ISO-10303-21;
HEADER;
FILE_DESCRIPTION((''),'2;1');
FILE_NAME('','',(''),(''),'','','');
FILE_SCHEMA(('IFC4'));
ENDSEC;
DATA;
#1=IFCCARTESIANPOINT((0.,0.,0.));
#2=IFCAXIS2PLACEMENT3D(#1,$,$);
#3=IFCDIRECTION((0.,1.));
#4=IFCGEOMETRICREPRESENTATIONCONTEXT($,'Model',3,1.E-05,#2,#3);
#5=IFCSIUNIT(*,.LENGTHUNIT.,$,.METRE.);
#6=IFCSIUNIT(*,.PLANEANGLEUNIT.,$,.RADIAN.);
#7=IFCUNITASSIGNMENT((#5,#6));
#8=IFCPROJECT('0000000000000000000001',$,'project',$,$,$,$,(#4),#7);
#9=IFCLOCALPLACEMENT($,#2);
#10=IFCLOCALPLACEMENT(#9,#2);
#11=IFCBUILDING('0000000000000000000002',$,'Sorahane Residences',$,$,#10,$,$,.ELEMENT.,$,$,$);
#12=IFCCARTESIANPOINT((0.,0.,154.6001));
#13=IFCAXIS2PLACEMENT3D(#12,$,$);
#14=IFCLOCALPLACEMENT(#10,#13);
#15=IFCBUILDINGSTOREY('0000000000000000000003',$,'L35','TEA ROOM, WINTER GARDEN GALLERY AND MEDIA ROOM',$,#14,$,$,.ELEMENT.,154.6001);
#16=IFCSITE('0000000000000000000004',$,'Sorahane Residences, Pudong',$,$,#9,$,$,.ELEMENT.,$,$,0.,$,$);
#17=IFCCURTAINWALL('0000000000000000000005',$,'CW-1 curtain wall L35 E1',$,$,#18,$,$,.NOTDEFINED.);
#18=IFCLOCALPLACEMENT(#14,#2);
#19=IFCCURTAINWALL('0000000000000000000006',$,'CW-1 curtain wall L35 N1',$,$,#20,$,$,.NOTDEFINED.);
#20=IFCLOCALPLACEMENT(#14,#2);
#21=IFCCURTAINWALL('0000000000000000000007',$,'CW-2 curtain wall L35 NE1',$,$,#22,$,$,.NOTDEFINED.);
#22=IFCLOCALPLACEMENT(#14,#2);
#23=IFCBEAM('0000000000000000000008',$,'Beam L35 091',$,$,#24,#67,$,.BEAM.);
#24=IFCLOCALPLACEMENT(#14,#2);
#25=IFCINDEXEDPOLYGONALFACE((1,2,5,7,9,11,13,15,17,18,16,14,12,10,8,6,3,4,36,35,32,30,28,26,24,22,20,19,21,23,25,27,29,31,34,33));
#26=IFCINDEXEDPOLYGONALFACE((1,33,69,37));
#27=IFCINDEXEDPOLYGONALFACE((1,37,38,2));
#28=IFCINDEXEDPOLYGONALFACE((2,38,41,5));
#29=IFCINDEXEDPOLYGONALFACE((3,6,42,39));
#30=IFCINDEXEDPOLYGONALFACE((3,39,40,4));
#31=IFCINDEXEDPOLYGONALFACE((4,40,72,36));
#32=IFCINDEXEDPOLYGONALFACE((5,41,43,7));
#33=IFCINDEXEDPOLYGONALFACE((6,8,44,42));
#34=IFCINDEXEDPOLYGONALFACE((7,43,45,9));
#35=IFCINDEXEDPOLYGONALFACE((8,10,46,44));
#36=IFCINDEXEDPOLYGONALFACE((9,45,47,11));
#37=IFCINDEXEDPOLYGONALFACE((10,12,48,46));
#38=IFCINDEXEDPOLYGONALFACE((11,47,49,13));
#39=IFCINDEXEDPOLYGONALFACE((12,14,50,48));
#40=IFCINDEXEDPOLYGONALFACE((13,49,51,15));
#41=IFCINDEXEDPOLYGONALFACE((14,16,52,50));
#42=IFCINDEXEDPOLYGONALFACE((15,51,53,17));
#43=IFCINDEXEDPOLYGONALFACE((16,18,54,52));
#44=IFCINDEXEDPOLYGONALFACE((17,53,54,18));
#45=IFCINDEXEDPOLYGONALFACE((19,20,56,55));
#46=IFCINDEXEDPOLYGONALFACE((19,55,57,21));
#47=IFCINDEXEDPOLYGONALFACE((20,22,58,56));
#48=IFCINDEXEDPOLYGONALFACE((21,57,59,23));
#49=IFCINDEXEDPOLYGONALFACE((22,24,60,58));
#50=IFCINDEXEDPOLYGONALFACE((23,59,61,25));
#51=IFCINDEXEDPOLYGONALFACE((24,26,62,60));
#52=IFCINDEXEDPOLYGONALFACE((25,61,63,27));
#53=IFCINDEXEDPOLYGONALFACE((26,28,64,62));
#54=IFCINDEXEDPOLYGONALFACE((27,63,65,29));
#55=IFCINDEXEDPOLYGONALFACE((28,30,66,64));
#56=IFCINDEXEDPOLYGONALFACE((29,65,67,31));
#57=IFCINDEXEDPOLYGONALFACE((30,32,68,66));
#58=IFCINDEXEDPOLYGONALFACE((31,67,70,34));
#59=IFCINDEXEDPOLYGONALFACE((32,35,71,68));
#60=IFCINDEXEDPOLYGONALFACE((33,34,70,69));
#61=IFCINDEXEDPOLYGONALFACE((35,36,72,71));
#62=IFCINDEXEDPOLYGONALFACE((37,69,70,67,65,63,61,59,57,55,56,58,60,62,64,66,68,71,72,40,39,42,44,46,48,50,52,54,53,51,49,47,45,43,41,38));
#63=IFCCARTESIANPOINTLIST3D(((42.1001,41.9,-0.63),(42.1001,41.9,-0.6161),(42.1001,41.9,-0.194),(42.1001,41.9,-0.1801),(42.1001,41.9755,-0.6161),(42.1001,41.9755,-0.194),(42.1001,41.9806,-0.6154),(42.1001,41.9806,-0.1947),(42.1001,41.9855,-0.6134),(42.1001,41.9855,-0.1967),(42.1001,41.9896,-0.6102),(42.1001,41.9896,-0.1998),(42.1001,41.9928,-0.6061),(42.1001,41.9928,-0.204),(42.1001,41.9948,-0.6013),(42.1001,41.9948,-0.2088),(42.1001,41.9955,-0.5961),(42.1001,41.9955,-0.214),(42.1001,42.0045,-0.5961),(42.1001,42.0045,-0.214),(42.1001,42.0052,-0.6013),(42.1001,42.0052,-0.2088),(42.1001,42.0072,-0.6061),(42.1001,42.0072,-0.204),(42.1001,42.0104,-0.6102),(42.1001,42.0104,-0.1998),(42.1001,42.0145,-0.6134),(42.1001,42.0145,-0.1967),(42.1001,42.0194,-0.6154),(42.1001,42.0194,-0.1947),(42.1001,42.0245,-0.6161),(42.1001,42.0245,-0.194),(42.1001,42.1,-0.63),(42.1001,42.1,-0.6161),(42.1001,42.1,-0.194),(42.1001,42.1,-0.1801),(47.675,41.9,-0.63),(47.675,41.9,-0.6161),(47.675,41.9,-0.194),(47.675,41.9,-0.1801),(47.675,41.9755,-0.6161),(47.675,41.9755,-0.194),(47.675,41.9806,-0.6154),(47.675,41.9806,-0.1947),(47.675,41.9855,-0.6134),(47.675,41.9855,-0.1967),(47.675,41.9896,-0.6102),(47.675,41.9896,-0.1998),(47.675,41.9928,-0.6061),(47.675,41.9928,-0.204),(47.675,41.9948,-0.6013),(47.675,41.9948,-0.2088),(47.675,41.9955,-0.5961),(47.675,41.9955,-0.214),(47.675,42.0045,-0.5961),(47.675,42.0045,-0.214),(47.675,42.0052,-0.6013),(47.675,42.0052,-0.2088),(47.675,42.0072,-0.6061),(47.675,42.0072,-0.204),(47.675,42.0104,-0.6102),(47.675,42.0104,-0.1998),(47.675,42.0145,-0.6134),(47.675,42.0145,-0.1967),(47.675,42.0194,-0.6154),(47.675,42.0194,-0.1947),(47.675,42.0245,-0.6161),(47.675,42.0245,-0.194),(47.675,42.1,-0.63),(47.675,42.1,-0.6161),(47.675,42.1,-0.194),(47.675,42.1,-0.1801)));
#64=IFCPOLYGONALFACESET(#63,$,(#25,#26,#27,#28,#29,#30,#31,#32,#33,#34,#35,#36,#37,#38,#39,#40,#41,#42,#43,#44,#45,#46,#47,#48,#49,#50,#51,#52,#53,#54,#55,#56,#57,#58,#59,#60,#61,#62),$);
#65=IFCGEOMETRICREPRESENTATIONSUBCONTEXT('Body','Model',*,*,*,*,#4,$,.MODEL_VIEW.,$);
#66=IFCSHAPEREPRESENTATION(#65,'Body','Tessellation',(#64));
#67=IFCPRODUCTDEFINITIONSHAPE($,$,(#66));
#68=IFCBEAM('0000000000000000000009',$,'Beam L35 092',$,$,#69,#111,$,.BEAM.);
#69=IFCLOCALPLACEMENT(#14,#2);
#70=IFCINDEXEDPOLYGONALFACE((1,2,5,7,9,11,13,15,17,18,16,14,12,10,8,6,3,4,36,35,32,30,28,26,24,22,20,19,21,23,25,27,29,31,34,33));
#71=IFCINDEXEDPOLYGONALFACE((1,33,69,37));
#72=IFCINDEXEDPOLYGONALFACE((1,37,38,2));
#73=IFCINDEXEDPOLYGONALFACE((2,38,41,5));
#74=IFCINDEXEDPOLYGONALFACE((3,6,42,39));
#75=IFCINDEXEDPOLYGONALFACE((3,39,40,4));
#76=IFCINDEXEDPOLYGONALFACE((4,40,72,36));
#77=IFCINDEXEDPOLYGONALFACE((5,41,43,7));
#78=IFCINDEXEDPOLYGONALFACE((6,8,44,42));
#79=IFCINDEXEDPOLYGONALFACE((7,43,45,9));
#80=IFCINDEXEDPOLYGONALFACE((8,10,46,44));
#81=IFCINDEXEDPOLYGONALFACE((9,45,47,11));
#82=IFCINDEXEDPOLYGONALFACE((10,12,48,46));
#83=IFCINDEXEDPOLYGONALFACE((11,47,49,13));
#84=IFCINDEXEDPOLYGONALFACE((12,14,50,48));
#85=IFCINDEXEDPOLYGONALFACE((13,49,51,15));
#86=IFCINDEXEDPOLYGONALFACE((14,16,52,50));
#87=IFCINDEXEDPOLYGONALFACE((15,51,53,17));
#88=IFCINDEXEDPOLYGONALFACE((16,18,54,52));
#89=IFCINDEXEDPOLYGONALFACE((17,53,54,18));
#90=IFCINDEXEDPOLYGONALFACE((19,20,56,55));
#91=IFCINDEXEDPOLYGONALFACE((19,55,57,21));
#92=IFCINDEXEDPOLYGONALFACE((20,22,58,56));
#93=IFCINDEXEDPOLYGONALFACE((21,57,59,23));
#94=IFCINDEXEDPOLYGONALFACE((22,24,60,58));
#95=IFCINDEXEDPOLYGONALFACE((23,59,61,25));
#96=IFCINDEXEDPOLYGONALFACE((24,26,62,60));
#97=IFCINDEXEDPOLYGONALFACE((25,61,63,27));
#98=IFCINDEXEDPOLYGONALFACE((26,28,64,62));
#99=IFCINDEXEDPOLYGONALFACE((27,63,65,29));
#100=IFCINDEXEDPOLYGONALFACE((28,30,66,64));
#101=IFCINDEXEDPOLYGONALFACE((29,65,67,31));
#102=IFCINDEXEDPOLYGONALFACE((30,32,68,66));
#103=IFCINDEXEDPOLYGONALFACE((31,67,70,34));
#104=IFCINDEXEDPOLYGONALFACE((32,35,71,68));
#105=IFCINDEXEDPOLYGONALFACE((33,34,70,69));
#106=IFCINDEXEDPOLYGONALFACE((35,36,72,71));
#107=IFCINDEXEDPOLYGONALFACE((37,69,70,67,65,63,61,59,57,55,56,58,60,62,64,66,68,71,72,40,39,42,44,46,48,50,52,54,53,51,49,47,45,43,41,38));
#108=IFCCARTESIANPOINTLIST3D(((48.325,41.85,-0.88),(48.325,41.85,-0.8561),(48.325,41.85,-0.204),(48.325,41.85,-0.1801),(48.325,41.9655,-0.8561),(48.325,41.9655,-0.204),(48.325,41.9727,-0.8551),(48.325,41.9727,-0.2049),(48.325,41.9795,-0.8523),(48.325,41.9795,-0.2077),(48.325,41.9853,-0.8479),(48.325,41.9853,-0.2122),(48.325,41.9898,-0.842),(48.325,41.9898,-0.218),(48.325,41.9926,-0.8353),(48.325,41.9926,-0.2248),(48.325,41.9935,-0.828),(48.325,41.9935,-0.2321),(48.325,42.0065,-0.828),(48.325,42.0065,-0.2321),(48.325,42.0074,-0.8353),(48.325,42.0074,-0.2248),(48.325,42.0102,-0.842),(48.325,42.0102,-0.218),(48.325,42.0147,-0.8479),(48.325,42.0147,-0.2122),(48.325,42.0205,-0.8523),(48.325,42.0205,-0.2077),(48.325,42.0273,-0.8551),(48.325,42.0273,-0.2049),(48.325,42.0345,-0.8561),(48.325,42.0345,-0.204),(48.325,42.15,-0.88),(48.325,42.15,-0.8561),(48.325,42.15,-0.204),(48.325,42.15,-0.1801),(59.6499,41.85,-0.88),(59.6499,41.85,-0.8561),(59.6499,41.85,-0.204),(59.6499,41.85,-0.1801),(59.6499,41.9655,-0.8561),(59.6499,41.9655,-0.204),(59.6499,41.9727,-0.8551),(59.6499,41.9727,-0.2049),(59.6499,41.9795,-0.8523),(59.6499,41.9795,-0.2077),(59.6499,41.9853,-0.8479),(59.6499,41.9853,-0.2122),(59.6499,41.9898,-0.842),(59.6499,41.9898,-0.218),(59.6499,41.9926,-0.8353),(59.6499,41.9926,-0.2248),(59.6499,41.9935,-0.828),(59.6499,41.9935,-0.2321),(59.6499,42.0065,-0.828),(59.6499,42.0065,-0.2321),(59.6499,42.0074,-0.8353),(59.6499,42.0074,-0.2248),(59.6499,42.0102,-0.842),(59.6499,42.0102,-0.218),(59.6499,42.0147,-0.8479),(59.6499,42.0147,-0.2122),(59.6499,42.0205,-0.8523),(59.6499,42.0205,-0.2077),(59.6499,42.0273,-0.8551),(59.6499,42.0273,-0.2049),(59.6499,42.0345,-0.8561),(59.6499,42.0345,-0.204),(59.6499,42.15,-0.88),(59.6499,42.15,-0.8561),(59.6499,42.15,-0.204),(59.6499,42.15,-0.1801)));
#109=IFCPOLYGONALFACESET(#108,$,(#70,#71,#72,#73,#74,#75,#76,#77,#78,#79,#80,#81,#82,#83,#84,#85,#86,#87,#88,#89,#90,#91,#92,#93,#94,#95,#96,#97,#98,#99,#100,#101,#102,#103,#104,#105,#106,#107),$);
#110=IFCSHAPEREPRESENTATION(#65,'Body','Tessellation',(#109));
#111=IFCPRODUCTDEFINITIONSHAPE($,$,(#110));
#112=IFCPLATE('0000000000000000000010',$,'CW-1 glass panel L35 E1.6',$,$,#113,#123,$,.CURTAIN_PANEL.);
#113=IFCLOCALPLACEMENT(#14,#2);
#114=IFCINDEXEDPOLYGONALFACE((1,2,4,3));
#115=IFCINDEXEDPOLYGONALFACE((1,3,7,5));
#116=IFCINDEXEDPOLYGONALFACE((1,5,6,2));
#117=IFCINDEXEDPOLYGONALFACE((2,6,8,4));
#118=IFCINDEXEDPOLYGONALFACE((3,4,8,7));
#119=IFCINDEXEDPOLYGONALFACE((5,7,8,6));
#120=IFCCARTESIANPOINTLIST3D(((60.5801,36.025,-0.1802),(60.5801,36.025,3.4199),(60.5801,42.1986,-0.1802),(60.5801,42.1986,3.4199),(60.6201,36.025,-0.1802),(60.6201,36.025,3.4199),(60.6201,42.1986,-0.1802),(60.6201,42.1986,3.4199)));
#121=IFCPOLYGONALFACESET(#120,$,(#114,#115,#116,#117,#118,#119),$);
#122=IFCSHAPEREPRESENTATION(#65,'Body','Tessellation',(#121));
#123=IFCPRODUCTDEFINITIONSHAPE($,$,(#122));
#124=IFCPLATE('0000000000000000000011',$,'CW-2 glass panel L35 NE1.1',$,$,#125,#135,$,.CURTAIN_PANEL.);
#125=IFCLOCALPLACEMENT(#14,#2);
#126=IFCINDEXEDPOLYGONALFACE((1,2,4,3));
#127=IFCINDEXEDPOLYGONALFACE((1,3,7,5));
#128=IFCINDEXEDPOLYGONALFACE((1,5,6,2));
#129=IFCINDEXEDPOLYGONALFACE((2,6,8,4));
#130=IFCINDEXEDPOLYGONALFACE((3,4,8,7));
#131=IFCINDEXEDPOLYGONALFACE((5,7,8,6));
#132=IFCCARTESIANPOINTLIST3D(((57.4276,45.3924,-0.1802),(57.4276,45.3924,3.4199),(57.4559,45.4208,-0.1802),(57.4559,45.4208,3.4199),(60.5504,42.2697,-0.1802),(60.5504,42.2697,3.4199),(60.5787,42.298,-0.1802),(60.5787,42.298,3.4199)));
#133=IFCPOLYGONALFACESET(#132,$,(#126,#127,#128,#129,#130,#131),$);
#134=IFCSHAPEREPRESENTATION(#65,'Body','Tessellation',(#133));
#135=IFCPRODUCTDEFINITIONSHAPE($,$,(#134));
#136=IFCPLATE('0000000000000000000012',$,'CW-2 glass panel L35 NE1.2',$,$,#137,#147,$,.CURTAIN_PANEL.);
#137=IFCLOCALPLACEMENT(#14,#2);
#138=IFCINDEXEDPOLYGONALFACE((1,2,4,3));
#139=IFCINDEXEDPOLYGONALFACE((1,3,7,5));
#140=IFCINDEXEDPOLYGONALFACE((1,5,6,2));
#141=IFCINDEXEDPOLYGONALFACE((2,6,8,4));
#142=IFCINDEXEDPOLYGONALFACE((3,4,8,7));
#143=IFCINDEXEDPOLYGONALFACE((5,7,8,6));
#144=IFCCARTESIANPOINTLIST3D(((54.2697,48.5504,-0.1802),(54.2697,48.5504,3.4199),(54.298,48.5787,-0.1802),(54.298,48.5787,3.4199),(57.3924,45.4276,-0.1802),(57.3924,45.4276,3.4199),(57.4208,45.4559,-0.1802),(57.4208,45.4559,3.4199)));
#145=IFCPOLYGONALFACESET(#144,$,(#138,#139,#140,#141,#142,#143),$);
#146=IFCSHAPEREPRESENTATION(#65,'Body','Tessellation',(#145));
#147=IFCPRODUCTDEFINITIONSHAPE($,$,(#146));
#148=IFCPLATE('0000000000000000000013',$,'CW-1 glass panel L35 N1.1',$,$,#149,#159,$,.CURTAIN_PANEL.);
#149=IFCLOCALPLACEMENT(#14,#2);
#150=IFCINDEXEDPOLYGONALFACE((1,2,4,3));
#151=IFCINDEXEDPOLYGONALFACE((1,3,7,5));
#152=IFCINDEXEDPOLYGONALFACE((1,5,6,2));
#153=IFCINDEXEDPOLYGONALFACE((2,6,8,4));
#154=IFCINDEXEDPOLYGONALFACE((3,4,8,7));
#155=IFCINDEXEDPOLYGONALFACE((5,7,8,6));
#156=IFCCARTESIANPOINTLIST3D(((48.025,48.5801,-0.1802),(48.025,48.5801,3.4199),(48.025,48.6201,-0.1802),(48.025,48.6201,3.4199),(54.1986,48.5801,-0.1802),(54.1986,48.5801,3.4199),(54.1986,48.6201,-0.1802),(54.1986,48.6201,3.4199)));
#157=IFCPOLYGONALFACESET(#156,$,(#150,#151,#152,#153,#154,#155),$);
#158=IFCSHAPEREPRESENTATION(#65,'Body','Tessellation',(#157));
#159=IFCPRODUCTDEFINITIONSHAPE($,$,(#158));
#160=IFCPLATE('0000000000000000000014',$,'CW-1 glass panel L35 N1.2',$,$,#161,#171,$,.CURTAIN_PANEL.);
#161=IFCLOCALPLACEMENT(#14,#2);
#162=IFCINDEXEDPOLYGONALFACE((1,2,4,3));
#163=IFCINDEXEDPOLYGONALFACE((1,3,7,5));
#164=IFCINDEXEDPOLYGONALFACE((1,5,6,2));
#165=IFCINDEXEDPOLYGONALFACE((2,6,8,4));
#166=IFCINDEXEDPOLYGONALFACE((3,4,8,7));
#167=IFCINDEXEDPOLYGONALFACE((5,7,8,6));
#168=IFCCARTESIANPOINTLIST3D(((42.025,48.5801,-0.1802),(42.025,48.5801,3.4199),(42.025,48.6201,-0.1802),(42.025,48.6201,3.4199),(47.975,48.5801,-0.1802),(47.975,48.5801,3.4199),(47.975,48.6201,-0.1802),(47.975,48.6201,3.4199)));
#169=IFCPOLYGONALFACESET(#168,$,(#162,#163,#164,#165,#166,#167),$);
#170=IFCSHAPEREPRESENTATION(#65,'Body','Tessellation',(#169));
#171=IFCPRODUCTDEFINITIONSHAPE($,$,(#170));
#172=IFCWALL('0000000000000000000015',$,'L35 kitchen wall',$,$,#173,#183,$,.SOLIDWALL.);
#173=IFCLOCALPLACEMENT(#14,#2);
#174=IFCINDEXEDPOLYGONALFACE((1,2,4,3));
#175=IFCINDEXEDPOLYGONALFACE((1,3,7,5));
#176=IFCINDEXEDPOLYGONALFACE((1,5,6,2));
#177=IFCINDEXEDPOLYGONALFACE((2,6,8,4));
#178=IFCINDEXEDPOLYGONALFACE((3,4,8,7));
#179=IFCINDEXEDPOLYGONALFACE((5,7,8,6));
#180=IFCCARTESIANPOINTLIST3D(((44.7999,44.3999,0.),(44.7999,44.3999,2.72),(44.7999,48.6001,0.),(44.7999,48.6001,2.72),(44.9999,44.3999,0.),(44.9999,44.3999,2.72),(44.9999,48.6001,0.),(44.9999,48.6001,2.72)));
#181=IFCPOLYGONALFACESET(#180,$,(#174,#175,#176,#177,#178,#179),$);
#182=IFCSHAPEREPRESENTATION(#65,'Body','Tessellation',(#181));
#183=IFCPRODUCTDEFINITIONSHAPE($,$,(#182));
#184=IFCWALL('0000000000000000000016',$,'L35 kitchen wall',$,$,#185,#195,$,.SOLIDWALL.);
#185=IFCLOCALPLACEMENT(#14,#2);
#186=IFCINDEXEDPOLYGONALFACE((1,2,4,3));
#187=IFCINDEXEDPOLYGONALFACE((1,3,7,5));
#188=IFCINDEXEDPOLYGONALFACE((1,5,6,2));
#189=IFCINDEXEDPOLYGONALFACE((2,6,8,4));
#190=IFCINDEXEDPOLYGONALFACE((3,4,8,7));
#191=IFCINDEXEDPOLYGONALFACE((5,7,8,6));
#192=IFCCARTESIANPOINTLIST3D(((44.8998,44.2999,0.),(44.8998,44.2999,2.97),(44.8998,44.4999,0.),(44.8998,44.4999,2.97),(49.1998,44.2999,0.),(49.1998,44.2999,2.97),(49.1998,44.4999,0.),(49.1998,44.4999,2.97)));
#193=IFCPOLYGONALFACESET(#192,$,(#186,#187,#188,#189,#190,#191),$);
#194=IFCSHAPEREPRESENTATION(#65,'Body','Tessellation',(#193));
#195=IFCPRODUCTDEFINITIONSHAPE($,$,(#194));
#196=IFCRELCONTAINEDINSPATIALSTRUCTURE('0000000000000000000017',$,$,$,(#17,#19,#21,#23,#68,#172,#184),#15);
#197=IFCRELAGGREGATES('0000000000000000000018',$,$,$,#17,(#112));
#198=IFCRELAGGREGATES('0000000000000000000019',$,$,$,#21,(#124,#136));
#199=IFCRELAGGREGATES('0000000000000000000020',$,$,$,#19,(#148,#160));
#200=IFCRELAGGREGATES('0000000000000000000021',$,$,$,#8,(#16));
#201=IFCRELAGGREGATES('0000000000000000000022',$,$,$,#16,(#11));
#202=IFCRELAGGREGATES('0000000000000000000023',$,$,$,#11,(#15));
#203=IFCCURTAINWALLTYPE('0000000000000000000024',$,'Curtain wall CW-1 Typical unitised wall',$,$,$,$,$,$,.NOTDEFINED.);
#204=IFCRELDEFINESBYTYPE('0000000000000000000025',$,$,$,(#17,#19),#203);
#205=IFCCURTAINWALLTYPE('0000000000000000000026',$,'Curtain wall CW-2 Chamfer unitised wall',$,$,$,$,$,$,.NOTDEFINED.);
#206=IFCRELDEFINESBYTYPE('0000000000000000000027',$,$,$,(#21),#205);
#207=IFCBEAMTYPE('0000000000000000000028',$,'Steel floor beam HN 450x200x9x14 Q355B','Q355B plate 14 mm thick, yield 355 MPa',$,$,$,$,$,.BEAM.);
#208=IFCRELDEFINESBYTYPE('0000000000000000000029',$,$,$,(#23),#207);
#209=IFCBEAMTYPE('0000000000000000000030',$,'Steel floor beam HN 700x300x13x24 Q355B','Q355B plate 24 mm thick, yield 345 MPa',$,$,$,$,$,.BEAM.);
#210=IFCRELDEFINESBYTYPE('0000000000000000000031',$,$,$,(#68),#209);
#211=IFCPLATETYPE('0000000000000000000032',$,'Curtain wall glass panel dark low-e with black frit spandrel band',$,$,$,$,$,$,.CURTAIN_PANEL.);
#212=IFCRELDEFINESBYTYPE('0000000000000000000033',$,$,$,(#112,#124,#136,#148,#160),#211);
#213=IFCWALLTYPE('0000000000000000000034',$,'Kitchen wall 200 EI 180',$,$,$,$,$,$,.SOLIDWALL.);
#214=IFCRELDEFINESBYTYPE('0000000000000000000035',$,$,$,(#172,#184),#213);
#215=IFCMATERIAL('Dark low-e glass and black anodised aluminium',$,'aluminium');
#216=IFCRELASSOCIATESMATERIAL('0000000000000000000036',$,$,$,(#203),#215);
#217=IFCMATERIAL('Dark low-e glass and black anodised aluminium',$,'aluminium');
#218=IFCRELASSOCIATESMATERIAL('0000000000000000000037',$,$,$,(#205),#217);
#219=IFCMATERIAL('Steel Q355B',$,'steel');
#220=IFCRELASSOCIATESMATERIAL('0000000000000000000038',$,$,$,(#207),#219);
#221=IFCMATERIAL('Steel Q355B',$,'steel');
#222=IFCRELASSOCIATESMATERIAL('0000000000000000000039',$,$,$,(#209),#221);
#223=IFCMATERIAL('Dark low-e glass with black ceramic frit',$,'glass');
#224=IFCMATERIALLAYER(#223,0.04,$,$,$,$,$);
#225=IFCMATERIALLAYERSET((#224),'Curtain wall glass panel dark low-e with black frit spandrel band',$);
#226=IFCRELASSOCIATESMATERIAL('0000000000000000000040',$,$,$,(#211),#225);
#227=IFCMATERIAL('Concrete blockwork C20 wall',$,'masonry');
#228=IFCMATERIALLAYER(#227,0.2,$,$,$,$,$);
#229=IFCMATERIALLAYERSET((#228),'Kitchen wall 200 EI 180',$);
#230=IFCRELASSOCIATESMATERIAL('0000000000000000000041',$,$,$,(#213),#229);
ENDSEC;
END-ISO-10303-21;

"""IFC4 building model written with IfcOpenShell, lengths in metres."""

from ifc_helpers import new_model, si_unit, direction, frame, frame_2d, origin, origin_2d, place, context, subcontext, project, spatial, rectangle, i_section, extrude, material, layer, layer_set, material_profile, profile_set, type_object, element, aggregate, save


model = new_model("IFC4")

# Units and contexts
model_context = context("Model", 3, precision=1e-05, world=origin(), true_north=direction((0.0, 1.0)))
body_context = subcontext(model_context, "Body", "Model", "MODEL_VIEW")
ifc_project = project(units=[si_unit("LENGTHUNIT", "METRE"), si_unit("PLANEANGLEUNIT", "RADIAN")], contexts=[model_context])

# Site, building, storey
site_placement = place(None, origin())
site = spatial("IfcSite", under=ifc_project, at=site_placement, Name="Sorahane Residences, Pudong", CompositionType="ELEMENT", RefElevation=0.0)
building_placement = place(site_placement, origin())
building = spatial("IfcBuilding", under=site, at=building_placement, Name="Sorahane Residences", CompositionType="ELEMENT")
storey_placement = place(building_placement, frame((0.0, 0.0, 154.6001)))
storey = spatial("IfcBuildingStorey", under=building, at=storey_placement, Name="L35", Description="TEA ROOM, WINTER GARDEN GALLERY AND MEDIA ROOM", CompositionType="ELEMENT", Elevation=154.6001)

# Curtain walls
ifc_material_1 = material(Name="Dark low-e glass and black anodised aluminium", Category="aluminium")
curtain_wall_type_1 = type_object("IfcCurtainWallType", Name="Curtain wall CW-1 Typical unitised wall", PredefinedType="NOTDEFINED", material=ifc_material_1)
curtain_wall_1_placement = place(storey_placement, origin())
curtain_wall_1 = element("IfcCurtainWall", 1, at=curtain_wall_1_placement, inside=storey, type_object=curtain_wall_type_1, Name="CW-1 curtain wall L35 E1", PredefinedType="NOTDEFINED")
curtain_wall_2_placement = place(storey_placement, origin())
curtain_wall_2 = element("IfcCurtainWall", 2, at=curtain_wall_2_placement, inside=storey, type_object=curtain_wall_type_1, Name="CW-1 curtain wall L35 N1", PredefinedType="NOTDEFINED")

# Curtain wall
ifc_material_2 = material(Name="Dark low-e glass and black anodised aluminium", Category="aluminium")
curtain_wall_type_2 = type_object("IfcCurtainWallType", Name="Curtain wall CW-2 Chamfer unitised wall", PredefinedType="NOTDEFINED", material=ifc_material_2)
curtain_wall_3_placement = place(storey_placement, origin())
curtain_wall_3 = element("IfcCurtainWall", 3, at=curtain_wall_3_placement, inside=storey, type_object=curtain_wall_type_2, Name="CW-2 curtain wall L35 NE1", PredefinedType="NOTDEFINED")

# Beams
ifc_material_3 = material(Name="Steel Q355B", Category="steel")
ifc_material_profile_1 = material_profile(ifc_material_3, i_section(OverallWidth=0.2, OverallDepth=0.45, WebThickness=0.009, FlangeThickness=0.0139, FilletRadius=0.02, at=origin_2d()), Name="HN 450x200x9x14")
ifc_profile_set_1 = profile_set([ifc_material_profile_1], Name="Steel Q355B")
beam_type_1 = type_object("IfcBeamType", Name="Steel floor beam HN 450x200x9x14 Q355B", Description="Q355B plate 14 mm thick, yield 355 MPa", PredefinedType="BEAM", material=ifc_profile_set_1)
beam_1_placement = place(storey_placement, frame((42.1001, 42.0, -0.405), z_axis=(1.0, 0.0, 0.0), x_axis=(0.0, 1.0, 0.0)))
element("IfcBeam", 4, at=beam_1_placement, inside=storey, type_object=beam_type_1, Name="Beam L35 091", PredefinedType="BEAM", context=body_context, shape_type="SweptSolid", body=[
    extrude(i_section(OverallWidth=0.2, OverallDepth=0.45, WebThickness=0.009, FlangeThickness=0.0139, FilletRadius=0.02, at=origin_2d()), origin(), (0.0, 0.0, 1.0), 5.575),
])
ifc_material_4 = material(Name="Steel Q355B", Category="steel")
ifc_material_profile_2 = material_profile(ifc_material_4, i_section(OverallWidth=0.3, OverallDepth=0.7, WebThickness=0.0129, FlangeThickness=0.0239, FilletRadius=0.0281, at=origin_2d()), Name="HN 700x300x13x24")
ifc_profile_set_2 = profile_set([ifc_material_profile_2], Name="Steel Q355B")
beam_type_2 = type_object("IfcBeamType", Name="Steel floor beam HN 700x300x13x24 Q355B", Description="Q355B plate 24 mm thick, yield 345 MPa", PredefinedType="BEAM", material=ifc_profile_set_2)
beam_2_placement = place(storey_placement, frame((48.325, 42.0, -0.53), z_axis=(1.0, 0.0, 0.0), x_axis=(0.0, 1.0, 0.0)))
element("IfcBeam", 5, at=beam_2_placement, inside=storey, type_object=beam_type_2, Name="Beam L35 092", PredefinedType="BEAM", context=body_context, shape_type="SweptSolid", body=[
    extrude(i_section(OverallWidth=0.3, OverallDepth=0.7, WebThickness=0.0129, FlangeThickness=0.0239, FilletRadius=0.0281, at=origin_2d()), origin(), (0.0, 0.0, 1.0), 11.325),
])

# Plates
ifc_material_5 = material(Name="Dark low-e glass with black ceramic frit", Category="glass")
ifc_layer_1 = layer(ifc_material_5, 0.04)
ifc_layer_set_1 = layer_set([ifc_layer_1], Name="Curtain wall glass panel dark low-e with black frit spandrel band")
plate_type = type_object("IfcPlateType", Name="Curtain wall glass panel dark low-e with black frit spandrel band", PredefinedType="CURTAIN_PANEL", material=ifc_layer_set_1)
plate_1_placement = place(storey_placement, frame((60.6001, 39.1118, -0.1802), z_axis=(0.0, 0.0, 1.0), x_axis=(0.0, 1.0, 0.0)))
plate_1 = element("IfcPlate", 6, at=plate_1_placement, type_object=plate_type, Name="CW-1 glass panel L35 E1.6", PredefinedType="CURTAIN_PANEL", context=body_context, shape_type="SweptSolid", body=[
    extrude(rectangle(XDim=6.1736, YDim=0.04, at=origin_2d()), origin(), (0.0, 0.0, 1.0), 3.6001),
])
aggregate(curtain_wall_1, [plate_1])
plate_2_placement = place(storey_placement, frame((59.0032, 43.8452, -0.1802), z_axis=(0.0, 0.0, 1.0), x_axis=(-0.707107, 0.707107, 0.0)))
plate_2 = element("IfcPlate", 7, at=plate_2_placement, type_object=plate_type, Name="CW-2 glass panel L35 NE1.1", PredefinedType="CURTAIN_PANEL", context=body_context, shape_type="SweptSolid", body=[
    extrude(rectangle(XDim=4.4163, YDim=0.04, at=origin_2d()), origin(), (0.0, 0.0, 1.0), 3.6001),
])
plate_3_placement = place(storey_placement, frame((55.8452, 47.0032, -0.1802), z_axis=(0.0, 0.0, 1.0), x_axis=(-0.707107, 0.707107, 0.0)))
plate_3 = element("IfcPlate", 8, at=plate_3_placement, type_object=plate_type, Name="CW-2 glass panel L35 NE1.2", PredefinedType="CURTAIN_PANEL", context=body_context, shape_type="SweptSolid", body=[
    extrude(rectangle(XDim=4.4163, YDim=0.04, at=origin_2d()), origin(), (0.0, 0.0, 1.0), 3.6001),
])
aggregate(curtain_wall_3, [plate_2, plate_3])
plate_4_placement = place(storey_placement, frame((51.1118, 48.6001, -0.1802), z_axis=(0.0, 0.0, 1.0), x_axis=(-1.0, 0.0, 0.0)))
plate_4 = element("IfcPlate", 9, at=plate_4_placement, type_object=plate_type, Name="CW-1 glass panel L35 N1.1", PredefinedType="CURTAIN_PANEL", context=body_context, shape_type="SweptSolid", body=[
    extrude(rectangle(XDim=6.1736, YDim=0.04, at=origin_2d()), origin(), (0.0, 0.0, 1.0), 3.6001),
])
plate_5_placement = place(storey_placement, frame((45.0, 48.6001, -0.1802), z_axis=(0.0, 0.0, 1.0), x_axis=(-1.0, 0.0, 0.0)))
plate_5 = element("IfcPlate", 10, at=plate_5_placement, type_object=plate_type, Name="CW-1 glass panel L35 N1.2", PredefinedType="CURTAIN_PANEL", context=body_context, shape_type="SweptSolid", body=[
    extrude(rectangle(XDim=5.95, YDim=0.04, at=origin_2d()), origin(), (0.0, 0.0, 1.0), 3.6001),
])
aggregate(curtain_wall_2, [plate_4, plate_5])

# Wall
ifc_material_6 = material(Name="Concrete blockwork C20 wall", Category="masonry")
ifc_layer_2 = layer(ifc_material_6, 0.2)
ifc_layer_set_2 = layer_set([ifc_layer_2], Name="Kitchen wall 200 EI 180")
wall_type = type_object("IfcWallType", Name="Kitchen wall 200 EI 180", PredefinedType="SOLIDWALL", material=ifc_layer_set_2)
wall_1_placement = place(storey_placement, frame((44.8999, 44.3999, 0.0), z_axis=(0.0, 0.0, 1.0), x_axis=(0.0, 1.0, 0.0)))
element("IfcWall", 11, at=wall_1_placement, inside=storey, type_object=wall_type, Name="L35 kitchen wall", PredefinedType="SOLIDWALL", context=body_context, shape_type="SweptSolid", body=[
    extrude(rectangle(XDim=4.2002, YDim=0.2, at=frame_2d((2.1001, 0.0))), origin(), (0.0, 0.0, 1.0), 2.72),
])

# Wall
wall_2_placement = place(storey_placement, frame((44.8999, 44.3999, 0.0), z_axis=(0.0, 0.0, 1.0), x_axis=(1.0, 0.0, 0.0)))
element("IfcWall", 12, at=wall_2_placement, inside=storey, type_object=wall_type, Name="L35 kitchen wall", PredefinedType="SOLIDWALL", context=body_context, shape_type="SweptSolid", body=[
    extrude(rectangle(XDim=4.3, YDim=0.2, at=frame_2d((2.1499, 0.0))), origin(), (0.0, 0.0, 1.0), 2.97),
])

save(model, "model.ifc")
